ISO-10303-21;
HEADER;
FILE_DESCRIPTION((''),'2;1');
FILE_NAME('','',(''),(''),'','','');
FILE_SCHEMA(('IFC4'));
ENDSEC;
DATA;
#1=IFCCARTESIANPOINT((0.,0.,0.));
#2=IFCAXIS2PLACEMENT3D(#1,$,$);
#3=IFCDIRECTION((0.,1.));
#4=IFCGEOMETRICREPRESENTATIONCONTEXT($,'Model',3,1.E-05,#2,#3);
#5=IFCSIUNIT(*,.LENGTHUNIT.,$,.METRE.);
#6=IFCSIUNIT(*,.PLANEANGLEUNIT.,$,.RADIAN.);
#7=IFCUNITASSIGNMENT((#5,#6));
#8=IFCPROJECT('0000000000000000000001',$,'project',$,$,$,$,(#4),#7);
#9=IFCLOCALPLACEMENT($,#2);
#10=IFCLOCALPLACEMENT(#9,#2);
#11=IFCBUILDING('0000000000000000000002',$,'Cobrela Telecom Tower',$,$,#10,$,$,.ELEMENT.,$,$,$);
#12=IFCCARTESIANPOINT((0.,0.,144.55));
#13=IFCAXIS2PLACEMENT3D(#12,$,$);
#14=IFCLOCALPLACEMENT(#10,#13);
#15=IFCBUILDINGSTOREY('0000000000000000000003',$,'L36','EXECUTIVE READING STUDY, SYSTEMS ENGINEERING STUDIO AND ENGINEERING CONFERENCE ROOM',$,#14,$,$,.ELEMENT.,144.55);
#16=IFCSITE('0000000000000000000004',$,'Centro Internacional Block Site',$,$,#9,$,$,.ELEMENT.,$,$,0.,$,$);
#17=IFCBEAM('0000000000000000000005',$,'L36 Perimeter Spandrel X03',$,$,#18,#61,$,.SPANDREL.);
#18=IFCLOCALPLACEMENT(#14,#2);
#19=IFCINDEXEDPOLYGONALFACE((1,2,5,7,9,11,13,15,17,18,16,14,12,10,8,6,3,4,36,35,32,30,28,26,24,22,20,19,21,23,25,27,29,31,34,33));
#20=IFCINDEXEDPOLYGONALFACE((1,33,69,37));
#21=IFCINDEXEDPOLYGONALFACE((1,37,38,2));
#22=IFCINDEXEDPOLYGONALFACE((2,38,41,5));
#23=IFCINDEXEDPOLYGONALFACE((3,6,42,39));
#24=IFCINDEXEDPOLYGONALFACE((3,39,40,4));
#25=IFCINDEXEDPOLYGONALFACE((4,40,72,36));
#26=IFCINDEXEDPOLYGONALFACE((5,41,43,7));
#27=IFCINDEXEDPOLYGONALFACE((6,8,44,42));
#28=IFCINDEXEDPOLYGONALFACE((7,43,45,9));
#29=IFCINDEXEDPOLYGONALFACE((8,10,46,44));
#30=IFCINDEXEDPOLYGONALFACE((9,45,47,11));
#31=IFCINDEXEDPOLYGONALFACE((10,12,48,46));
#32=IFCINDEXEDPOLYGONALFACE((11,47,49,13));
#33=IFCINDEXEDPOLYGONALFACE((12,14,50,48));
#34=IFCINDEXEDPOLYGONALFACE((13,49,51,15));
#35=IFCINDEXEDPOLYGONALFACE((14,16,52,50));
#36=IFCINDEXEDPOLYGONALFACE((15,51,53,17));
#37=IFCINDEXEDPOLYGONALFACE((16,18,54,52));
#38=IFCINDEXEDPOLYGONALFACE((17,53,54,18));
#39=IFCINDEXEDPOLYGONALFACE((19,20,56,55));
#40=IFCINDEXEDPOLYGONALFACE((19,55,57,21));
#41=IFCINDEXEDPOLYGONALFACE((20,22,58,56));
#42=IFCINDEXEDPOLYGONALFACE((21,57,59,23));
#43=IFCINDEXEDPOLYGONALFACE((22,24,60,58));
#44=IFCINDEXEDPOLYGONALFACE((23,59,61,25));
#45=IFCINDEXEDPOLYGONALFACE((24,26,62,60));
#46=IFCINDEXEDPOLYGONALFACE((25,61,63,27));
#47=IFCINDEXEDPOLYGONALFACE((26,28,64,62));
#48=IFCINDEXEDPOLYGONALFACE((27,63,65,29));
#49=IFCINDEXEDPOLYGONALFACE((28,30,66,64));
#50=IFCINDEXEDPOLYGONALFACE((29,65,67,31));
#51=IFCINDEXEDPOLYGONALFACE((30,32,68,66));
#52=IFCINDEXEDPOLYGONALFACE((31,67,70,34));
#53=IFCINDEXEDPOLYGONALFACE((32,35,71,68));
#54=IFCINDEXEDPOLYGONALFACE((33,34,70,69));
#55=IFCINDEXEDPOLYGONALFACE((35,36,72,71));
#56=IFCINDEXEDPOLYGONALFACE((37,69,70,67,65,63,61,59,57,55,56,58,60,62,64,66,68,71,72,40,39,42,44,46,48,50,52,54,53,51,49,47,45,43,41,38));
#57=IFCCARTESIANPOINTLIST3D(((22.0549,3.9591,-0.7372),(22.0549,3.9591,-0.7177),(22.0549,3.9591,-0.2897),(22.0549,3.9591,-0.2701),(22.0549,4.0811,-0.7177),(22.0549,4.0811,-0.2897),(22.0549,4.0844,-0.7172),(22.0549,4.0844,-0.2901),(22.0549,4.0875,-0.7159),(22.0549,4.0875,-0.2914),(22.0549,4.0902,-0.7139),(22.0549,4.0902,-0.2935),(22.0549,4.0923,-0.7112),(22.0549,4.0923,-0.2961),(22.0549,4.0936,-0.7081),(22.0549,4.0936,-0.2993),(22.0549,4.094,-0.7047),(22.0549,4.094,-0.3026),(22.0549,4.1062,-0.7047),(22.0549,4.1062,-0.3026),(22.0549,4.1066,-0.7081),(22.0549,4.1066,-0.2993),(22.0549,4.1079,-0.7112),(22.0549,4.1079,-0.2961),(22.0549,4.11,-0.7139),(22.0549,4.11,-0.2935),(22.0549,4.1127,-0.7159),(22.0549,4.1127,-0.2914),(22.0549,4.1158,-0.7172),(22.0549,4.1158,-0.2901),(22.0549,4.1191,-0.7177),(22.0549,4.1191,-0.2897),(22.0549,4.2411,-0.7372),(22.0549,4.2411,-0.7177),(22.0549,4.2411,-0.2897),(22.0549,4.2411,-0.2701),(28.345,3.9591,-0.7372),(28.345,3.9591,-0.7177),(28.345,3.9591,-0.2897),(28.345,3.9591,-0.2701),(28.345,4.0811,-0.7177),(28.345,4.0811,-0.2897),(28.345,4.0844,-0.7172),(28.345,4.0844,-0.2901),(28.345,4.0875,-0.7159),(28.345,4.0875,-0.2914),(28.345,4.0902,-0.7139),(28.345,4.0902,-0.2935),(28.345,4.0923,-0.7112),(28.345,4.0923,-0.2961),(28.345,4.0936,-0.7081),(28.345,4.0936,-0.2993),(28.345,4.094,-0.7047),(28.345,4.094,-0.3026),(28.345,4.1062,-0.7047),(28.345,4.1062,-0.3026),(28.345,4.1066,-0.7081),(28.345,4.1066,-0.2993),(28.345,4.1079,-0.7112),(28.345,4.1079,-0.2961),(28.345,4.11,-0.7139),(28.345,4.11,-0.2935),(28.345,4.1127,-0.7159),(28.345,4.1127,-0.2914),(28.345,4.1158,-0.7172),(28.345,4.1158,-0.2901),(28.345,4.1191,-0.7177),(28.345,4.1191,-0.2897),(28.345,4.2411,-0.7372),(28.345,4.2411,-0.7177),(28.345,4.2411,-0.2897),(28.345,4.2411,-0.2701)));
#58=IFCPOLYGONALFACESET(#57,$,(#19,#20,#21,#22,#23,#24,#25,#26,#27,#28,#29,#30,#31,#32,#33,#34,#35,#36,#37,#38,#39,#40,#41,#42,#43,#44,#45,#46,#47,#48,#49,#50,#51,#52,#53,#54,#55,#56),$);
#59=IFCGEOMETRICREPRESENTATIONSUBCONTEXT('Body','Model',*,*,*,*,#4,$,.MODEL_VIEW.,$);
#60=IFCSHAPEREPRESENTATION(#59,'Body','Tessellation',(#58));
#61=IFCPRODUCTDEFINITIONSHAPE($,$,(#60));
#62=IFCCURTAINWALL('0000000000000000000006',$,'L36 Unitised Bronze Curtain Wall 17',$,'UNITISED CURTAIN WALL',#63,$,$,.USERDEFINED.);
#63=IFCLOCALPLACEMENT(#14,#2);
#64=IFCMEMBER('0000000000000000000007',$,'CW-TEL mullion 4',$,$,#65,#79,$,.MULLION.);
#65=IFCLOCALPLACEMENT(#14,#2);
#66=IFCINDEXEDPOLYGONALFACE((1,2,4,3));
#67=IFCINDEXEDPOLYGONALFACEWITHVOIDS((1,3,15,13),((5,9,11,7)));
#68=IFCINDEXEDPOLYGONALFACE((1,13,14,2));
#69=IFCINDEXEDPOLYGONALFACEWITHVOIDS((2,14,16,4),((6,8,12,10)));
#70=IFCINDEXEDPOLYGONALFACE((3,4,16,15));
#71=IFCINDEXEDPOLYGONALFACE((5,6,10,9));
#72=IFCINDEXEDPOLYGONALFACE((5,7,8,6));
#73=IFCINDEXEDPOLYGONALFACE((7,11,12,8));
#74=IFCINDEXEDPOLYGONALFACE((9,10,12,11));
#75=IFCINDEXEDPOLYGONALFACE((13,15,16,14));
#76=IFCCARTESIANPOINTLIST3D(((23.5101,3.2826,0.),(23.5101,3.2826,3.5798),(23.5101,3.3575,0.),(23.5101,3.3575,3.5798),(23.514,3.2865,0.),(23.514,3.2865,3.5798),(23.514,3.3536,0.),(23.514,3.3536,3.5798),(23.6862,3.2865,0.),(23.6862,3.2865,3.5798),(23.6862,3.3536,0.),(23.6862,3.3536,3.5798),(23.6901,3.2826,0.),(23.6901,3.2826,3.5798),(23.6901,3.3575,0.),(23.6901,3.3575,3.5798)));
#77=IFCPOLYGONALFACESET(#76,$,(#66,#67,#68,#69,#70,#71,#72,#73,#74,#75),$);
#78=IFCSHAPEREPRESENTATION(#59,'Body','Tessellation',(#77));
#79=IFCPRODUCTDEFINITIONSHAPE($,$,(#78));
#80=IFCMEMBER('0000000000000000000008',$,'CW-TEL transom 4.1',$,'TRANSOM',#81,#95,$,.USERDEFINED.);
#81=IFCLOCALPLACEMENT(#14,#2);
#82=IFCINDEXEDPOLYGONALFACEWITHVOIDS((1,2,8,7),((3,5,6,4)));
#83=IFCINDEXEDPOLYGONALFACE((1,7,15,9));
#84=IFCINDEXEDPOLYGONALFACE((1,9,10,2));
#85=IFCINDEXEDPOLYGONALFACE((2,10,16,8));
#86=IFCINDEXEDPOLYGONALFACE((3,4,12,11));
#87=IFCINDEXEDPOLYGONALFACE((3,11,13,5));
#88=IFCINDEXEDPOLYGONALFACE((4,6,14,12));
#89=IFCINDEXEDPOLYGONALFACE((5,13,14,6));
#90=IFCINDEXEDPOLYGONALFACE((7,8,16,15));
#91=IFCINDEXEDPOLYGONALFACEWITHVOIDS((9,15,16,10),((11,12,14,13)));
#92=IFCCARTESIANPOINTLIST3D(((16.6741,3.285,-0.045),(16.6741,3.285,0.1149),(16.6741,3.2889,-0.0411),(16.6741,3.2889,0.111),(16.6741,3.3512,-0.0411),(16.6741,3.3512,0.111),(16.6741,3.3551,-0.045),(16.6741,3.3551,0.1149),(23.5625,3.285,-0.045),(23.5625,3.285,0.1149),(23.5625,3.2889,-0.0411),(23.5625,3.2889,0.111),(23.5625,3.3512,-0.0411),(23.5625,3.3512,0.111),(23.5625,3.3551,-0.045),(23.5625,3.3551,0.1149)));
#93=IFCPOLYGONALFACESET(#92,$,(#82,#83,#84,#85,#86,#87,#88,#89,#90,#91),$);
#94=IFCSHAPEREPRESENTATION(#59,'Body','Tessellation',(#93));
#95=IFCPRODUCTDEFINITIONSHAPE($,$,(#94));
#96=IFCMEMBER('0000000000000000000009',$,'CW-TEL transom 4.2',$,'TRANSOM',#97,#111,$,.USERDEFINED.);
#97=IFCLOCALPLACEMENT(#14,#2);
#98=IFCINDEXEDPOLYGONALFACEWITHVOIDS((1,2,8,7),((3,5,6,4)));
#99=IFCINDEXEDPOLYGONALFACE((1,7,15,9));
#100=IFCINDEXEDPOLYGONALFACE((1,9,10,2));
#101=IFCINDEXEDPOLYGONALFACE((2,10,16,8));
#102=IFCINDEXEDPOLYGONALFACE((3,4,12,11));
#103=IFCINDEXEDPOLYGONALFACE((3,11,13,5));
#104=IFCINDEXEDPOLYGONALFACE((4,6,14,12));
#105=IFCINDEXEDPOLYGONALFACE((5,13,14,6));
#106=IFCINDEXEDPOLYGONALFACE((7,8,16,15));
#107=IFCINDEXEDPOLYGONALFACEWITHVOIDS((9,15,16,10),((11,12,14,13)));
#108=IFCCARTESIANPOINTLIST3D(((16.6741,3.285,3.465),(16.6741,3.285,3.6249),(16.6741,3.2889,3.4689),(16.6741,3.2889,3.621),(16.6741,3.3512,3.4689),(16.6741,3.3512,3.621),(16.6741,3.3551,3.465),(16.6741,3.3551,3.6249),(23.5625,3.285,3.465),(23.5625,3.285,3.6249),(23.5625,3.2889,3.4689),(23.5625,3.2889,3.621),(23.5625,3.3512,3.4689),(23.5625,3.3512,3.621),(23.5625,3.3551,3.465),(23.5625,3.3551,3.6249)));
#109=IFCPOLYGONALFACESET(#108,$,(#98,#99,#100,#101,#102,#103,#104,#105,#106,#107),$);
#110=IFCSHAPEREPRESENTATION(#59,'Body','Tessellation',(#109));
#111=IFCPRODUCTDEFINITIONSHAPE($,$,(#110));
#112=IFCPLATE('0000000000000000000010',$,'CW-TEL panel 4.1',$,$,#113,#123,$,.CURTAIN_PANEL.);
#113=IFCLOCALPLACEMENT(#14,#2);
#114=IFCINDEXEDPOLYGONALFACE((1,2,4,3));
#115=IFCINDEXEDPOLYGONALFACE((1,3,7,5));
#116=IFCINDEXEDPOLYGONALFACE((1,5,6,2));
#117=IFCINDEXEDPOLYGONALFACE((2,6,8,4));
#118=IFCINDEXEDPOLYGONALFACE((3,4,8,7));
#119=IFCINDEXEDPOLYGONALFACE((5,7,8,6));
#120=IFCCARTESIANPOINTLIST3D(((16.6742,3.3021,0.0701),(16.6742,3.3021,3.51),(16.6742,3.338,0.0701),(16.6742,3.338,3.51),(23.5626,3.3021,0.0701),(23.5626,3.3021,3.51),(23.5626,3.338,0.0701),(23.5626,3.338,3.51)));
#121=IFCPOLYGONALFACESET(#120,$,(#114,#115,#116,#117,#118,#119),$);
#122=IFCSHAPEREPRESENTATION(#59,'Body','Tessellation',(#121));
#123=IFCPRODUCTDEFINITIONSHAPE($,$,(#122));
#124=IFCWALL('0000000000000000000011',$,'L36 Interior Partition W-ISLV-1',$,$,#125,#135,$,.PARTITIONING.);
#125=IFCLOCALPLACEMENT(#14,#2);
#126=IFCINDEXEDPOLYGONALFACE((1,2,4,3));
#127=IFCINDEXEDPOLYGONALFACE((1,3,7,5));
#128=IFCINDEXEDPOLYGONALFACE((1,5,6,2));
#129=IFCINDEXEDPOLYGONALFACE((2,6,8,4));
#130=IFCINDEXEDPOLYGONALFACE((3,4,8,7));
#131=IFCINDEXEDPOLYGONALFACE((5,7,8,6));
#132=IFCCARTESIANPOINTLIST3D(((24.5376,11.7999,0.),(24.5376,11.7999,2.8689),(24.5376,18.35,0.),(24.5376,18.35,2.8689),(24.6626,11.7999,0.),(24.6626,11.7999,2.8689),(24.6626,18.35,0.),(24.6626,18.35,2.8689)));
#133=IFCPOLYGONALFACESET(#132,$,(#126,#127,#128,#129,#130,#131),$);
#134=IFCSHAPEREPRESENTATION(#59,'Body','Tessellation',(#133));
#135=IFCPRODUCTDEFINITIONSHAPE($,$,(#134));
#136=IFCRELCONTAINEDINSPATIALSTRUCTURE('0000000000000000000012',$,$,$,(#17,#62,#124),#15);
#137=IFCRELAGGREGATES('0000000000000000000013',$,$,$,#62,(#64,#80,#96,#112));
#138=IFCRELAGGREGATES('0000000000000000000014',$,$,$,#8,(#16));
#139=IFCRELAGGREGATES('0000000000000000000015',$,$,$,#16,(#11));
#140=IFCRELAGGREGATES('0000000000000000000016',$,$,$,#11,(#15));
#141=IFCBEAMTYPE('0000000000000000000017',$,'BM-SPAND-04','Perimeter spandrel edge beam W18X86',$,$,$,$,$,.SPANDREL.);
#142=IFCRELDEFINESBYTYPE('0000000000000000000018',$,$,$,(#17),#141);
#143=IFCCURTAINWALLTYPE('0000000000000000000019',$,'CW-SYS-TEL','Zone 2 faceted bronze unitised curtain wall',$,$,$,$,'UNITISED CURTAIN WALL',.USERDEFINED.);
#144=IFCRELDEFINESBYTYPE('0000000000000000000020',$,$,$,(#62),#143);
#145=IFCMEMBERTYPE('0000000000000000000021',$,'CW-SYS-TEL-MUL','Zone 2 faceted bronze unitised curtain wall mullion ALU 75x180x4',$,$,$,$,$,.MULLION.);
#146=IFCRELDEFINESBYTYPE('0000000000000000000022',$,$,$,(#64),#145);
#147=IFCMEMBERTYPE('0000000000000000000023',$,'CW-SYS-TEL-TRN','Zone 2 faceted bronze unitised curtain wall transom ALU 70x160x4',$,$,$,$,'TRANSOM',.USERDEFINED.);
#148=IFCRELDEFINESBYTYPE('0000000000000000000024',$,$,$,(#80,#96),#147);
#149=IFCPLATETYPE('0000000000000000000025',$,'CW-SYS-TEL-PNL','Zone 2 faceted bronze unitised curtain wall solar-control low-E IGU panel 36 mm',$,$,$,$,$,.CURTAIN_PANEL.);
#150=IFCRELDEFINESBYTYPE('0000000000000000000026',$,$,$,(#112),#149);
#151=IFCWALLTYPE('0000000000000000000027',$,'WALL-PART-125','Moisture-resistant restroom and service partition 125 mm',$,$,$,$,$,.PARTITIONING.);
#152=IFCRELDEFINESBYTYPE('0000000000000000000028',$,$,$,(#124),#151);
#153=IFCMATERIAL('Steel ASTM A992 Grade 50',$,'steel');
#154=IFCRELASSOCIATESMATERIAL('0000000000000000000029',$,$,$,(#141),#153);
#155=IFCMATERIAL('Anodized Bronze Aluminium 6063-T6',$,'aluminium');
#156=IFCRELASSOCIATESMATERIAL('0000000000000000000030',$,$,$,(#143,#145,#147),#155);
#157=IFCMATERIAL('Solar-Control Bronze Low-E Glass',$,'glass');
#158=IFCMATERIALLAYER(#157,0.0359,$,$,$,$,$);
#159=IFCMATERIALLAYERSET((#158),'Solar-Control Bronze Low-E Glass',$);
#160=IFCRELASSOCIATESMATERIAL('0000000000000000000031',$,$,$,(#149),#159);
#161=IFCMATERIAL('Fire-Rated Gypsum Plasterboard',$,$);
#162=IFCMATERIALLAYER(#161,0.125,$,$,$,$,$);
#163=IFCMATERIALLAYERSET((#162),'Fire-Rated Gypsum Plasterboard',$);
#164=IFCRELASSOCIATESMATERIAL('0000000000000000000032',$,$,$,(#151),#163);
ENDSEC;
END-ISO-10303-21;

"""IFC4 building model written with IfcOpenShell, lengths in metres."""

from ifc_helpers import new_model, si_unit, direction, frame, frame_2d, origin, origin_2d, place, context, subcontext, project, spatial, rectangle, hollow_rectangle, i_section, extrude, material, layer, layer_set, material_profile, profile_set, type_object, element, aggregate, save


model = new_model("IFC4")

# Units and contexts
model_context = context("Model", 3, precision=1e-05, world=origin(), true_north=direction((0.0, 1.0)))
body_context = subcontext(model_context, "Body", "Model", "MODEL_VIEW")
ifc_project = project(units=[si_unit("LENGTHUNIT", "METRE"), si_unit("PLANEANGLEUNIT", "RADIAN")], contexts=[model_context])

# Site, building, storey
site_placement = place(None, origin())
site = spatial("IfcSite", under=ifc_project, at=site_placement, Name="Centro Internacional Block Site", CompositionType="ELEMENT", RefElevation=0.0)
building_placement = place(site_placement, origin())
building = spatial("IfcBuilding", under=site, at=building_placement, Name="Cobrela Telecom Tower", CompositionType="ELEMENT")
storey_placement = place(building_placement, frame((0.0, 0.0, 144.55)))
storey = spatial("IfcBuildingStorey", under=building, at=storey_placement, Name="L36", Description="EXECUTIVE READING STUDY, SYSTEMS ENGINEERING STUDIO AND ENGINEERING CONFERENCE ROOM", CompositionType="ELEMENT", Elevation=144.55)

# Shared definitions
ifc_material_1 = material(Name="Steel ASTM A992 Grade 50", Category="steel")

# Beam
ifc_material_profile_1 = material_profile(ifc_material_1, i_section(OverallWidth=0.282, OverallDepth=0.467, WebThickness=0.0122, FlangeThickness=0.0195, FilletRadius=0.0129, at=origin_2d()), Name="W18X86")
ifc_profile_set_1 = profile_set([ifc_material_profile_1], Name="Steel ASTM A992 Grade 50")
beam_type_1 = type_object("IfcBeamType", Name="BM-SPAND-04", Description="Perimeter spandrel edge beam W18X86", PredefinedType="SPANDREL", material=ifc_profile_set_1)
beam_1_placement = place(storey_placement, frame((22.0549, 4.1001, -0.5037), z_axis=(1.0, 0.0, 0.0), x_axis=(0.0, 1.0, 0.0)))
element("IfcBeam", 1, at=beam_1_placement, inside=storey, type_object=beam_type_1, Name="L36 Perimeter Spandrel X03", PredefinedType="SPANDREL", context=body_context, shape_type="SweptSolid", body=[
    extrude(i_section(OverallWidth=0.282, OverallDepth=0.467, WebThickness=0.0122, FlangeThickness=0.0195, FilletRadius=0.0129, at=origin_2d()), origin(), (0.0, 0.0, 1.0), 6.29),
])

# Curtain wall, members, plate
ifc_material_2 = material(Name="Anodized Bronze Aluminium 6063-T6", Category="aluminium")
curtain_wall_type = type_object("IfcCurtainWallType", Name="CW-SYS-TEL", Description="Zone 2 faceted bronze unitised curtain wall", ElementType="UNITISED CURTAIN WALL", PredefinedType="USERDEFINED", material=ifc_material_2)
curtain_wall_placement = place(storey_placement, origin())
curtain_wall = element("IfcCurtainWall", 2, at=curtain_wall_placement, inside=storey, type_object=curtain_wall_type, Name="L36 Unitised Bronze Curtain Wall 17", ObjectType="UNITISED CURTAIN WALL", PredefinedType="USERDEFINED")
ifc_material_profile_2 = material_profile(ifc_material_2, hollow_rectangle(XDim=0.075, YDim=0.1799, WallThickness=0.0039, at=origin_2d()), Name="ALU 75x180x4")
ifc_profile_set_2 = profile_set([ifc_material_profile_2], Name="Anodized Bronze Aluminium 6063-T6")
member_type_1 = type_object("IfcMemberType", Name="CW-SYS-TEL-MUL", Description="Zone 2 faceted bronze unitised curtain wall mullion ALU 75x180x4", PredefinedType="MULLION", material=ifc_profile_set_2)
member_1_placement = place(storey_placement, frame((23.6001, 3.3201, 0.0), z_axis=(0.0, 0.0, 1.0), x_axis=(0.0, -1.0, 0.0)))
member_1 = element("IfcMember", 3, at=member_1_placement, type_object=member_type_1, Name="CW-TEL mullion 4", PredefinedType="MULLION", context=body_context, shape_type="SweptSolid", body=[
    extrude(hollow_rectangle(XDim=0.075, YDim=0.1799, WallThickness=0.0039, at=origin_2d()), origin(), (0.0, 0.0, 1.0), 3.5798),
])
ifc_material_profile_3 = material_profile(ifc_material_2, hollow_rectangle(XDim=0.0701, YDim=0.1599, WallThickness=0.0039, at=origin_2d()), Name="ALU 70x160x4")
ifc_profile_set_3 = profile_set([ifc_material_profile_3], Name="Anodized Bronze Aluminium 6063-T6")
member_type_2 = type_object("IfcMemberType", Name="CW-SYS-TEL-TRN", Description="Zone 2 faceted bronze unitised curtain wall transom ALU 70x160x4", ElementType="TRANSOM", PredefinedType="USERDEFINED", material=ifc_profile_set_3)
member_2_placement = place(storey_placement, frame((23.5625, 3.3201, 0.0349), z_axis=(-1.0, 0.0, 0.0), x_axis=(0.0, -1.0, 0.0)))
member_2 = element("IfcMember", 4, at=member_2_placement, type_object=member_type_2, Name="CW-TEL transom 4.1", ObjectType="TRANSOM", PredefinedType="USERDEFINED", context=body_context, shape_type="SweptSolid", body=[
    extrude(hollow_rectangle(XDim=0.0701, YDim=0.1599, WallThickness=0.0039, at=origin_2d()), origin(), (0.0, 0.0, 1.0), 6.8884),
])
member_3_placement = place(storey_placement, frame((23.5625, 3.3201, 3.5449), z_axis=(-1.0, 0.0, 0.0), x_axis=(0.0, -1.0, 0.0)))
member_3 = element("IfcMember", 5, at=member_3_placement, type_object=member_type_2, Name="CW-TEL transom 4.2", ObjectType="TRANSOM", PredefinedType="USERDEFINED", context=body_context, shape_type="SweptSolid", body=[
    extrude(hollow_rectangle(XDim=0.0701, YDim=0.1599, WallThickness=0.0039, at=origin_2d()), origin(), (0.0, 0.0, 1.0), 6.8884),
])
ifc_material_3 = material(Name="Solar-Control Bronze Low-E Glass", Category="glass")
ifc_layer_1 = layer(ifc_material_3, 0.0359)
ifc_layer_set_1 = layer_set([ifc_layer_1], Name="Solar-Control Bronze Low-E Glass")
plate_type = type_object("IfcPlateType", Name="CW-SYS-TEL-PNL", Description="Zone 2 faceted bronze unitised curtain wall solar-control low-E IGU panel 36 mm", PredefinedType="CURTAIN_PANEL", material=ifc_layer_set_1)
plate_placement = place(storey_placement, frame((20.1184, 3.3201, 0.0701), z_axis=(0.0, 0.0, 1.0), x_axis=(-1.0, 0.0, 0.0)))
plate = element("IfcPlate", 6, at=plate_placement, type_object=plate_type, Name="CW-TEL panel 4.1", PredefinedType="CURTAIN_PANEL", context=body_context, shape_type="SweptSolid", body=[
    extrude(rectangle(XDim=6.8884, YDim=0.0359, at=origin_2d()), origin(), (0.0, 0.0, 1.0), 3.4399),
])
aggregate(curtain_wall, [member_1, member_2, member_3, plate])

# Wall
ifc_material_4 = material(Name="Fire-Rated Gypsum Plasterboard")
ifc_layer_2 = layer(ifc_material_4, 0.125)
ifc_layer_set_2 = layer_set([ifc_layer_2], Name="Fire-Rated Gypsum Plasterboard")
wall_type = type_object("IfcWallType", Name="WALL-PART-125", Description="Moisture-resistant restroom and service partition 125 mm", PredefinedType="PARTITIONING", material=ifc_layer_set_2)
wall_placement = place(storey_placement, frame((24.6001, 11.8, 0.0), z_axis=(0.0, 0.0, 1.0), x_axis=(0.0, 1.0, 0.0)))
element("IfcWall", 7, at=wall_placement, inside=storey, type_object=wall_type, Name="L36 Interior Partition W-ISLV-1", PredefinedType="PARTITIONING", context=body_context, shape_type="SweptSolid", body=[
    extrude(rectangle(XDim=6.55, YDim=0.125, at=frame_2d((3.2749, 0.0))), origin(), (0.0, 0.0, 1.0), 2.8689),
])

save(model, "model.ifc")
